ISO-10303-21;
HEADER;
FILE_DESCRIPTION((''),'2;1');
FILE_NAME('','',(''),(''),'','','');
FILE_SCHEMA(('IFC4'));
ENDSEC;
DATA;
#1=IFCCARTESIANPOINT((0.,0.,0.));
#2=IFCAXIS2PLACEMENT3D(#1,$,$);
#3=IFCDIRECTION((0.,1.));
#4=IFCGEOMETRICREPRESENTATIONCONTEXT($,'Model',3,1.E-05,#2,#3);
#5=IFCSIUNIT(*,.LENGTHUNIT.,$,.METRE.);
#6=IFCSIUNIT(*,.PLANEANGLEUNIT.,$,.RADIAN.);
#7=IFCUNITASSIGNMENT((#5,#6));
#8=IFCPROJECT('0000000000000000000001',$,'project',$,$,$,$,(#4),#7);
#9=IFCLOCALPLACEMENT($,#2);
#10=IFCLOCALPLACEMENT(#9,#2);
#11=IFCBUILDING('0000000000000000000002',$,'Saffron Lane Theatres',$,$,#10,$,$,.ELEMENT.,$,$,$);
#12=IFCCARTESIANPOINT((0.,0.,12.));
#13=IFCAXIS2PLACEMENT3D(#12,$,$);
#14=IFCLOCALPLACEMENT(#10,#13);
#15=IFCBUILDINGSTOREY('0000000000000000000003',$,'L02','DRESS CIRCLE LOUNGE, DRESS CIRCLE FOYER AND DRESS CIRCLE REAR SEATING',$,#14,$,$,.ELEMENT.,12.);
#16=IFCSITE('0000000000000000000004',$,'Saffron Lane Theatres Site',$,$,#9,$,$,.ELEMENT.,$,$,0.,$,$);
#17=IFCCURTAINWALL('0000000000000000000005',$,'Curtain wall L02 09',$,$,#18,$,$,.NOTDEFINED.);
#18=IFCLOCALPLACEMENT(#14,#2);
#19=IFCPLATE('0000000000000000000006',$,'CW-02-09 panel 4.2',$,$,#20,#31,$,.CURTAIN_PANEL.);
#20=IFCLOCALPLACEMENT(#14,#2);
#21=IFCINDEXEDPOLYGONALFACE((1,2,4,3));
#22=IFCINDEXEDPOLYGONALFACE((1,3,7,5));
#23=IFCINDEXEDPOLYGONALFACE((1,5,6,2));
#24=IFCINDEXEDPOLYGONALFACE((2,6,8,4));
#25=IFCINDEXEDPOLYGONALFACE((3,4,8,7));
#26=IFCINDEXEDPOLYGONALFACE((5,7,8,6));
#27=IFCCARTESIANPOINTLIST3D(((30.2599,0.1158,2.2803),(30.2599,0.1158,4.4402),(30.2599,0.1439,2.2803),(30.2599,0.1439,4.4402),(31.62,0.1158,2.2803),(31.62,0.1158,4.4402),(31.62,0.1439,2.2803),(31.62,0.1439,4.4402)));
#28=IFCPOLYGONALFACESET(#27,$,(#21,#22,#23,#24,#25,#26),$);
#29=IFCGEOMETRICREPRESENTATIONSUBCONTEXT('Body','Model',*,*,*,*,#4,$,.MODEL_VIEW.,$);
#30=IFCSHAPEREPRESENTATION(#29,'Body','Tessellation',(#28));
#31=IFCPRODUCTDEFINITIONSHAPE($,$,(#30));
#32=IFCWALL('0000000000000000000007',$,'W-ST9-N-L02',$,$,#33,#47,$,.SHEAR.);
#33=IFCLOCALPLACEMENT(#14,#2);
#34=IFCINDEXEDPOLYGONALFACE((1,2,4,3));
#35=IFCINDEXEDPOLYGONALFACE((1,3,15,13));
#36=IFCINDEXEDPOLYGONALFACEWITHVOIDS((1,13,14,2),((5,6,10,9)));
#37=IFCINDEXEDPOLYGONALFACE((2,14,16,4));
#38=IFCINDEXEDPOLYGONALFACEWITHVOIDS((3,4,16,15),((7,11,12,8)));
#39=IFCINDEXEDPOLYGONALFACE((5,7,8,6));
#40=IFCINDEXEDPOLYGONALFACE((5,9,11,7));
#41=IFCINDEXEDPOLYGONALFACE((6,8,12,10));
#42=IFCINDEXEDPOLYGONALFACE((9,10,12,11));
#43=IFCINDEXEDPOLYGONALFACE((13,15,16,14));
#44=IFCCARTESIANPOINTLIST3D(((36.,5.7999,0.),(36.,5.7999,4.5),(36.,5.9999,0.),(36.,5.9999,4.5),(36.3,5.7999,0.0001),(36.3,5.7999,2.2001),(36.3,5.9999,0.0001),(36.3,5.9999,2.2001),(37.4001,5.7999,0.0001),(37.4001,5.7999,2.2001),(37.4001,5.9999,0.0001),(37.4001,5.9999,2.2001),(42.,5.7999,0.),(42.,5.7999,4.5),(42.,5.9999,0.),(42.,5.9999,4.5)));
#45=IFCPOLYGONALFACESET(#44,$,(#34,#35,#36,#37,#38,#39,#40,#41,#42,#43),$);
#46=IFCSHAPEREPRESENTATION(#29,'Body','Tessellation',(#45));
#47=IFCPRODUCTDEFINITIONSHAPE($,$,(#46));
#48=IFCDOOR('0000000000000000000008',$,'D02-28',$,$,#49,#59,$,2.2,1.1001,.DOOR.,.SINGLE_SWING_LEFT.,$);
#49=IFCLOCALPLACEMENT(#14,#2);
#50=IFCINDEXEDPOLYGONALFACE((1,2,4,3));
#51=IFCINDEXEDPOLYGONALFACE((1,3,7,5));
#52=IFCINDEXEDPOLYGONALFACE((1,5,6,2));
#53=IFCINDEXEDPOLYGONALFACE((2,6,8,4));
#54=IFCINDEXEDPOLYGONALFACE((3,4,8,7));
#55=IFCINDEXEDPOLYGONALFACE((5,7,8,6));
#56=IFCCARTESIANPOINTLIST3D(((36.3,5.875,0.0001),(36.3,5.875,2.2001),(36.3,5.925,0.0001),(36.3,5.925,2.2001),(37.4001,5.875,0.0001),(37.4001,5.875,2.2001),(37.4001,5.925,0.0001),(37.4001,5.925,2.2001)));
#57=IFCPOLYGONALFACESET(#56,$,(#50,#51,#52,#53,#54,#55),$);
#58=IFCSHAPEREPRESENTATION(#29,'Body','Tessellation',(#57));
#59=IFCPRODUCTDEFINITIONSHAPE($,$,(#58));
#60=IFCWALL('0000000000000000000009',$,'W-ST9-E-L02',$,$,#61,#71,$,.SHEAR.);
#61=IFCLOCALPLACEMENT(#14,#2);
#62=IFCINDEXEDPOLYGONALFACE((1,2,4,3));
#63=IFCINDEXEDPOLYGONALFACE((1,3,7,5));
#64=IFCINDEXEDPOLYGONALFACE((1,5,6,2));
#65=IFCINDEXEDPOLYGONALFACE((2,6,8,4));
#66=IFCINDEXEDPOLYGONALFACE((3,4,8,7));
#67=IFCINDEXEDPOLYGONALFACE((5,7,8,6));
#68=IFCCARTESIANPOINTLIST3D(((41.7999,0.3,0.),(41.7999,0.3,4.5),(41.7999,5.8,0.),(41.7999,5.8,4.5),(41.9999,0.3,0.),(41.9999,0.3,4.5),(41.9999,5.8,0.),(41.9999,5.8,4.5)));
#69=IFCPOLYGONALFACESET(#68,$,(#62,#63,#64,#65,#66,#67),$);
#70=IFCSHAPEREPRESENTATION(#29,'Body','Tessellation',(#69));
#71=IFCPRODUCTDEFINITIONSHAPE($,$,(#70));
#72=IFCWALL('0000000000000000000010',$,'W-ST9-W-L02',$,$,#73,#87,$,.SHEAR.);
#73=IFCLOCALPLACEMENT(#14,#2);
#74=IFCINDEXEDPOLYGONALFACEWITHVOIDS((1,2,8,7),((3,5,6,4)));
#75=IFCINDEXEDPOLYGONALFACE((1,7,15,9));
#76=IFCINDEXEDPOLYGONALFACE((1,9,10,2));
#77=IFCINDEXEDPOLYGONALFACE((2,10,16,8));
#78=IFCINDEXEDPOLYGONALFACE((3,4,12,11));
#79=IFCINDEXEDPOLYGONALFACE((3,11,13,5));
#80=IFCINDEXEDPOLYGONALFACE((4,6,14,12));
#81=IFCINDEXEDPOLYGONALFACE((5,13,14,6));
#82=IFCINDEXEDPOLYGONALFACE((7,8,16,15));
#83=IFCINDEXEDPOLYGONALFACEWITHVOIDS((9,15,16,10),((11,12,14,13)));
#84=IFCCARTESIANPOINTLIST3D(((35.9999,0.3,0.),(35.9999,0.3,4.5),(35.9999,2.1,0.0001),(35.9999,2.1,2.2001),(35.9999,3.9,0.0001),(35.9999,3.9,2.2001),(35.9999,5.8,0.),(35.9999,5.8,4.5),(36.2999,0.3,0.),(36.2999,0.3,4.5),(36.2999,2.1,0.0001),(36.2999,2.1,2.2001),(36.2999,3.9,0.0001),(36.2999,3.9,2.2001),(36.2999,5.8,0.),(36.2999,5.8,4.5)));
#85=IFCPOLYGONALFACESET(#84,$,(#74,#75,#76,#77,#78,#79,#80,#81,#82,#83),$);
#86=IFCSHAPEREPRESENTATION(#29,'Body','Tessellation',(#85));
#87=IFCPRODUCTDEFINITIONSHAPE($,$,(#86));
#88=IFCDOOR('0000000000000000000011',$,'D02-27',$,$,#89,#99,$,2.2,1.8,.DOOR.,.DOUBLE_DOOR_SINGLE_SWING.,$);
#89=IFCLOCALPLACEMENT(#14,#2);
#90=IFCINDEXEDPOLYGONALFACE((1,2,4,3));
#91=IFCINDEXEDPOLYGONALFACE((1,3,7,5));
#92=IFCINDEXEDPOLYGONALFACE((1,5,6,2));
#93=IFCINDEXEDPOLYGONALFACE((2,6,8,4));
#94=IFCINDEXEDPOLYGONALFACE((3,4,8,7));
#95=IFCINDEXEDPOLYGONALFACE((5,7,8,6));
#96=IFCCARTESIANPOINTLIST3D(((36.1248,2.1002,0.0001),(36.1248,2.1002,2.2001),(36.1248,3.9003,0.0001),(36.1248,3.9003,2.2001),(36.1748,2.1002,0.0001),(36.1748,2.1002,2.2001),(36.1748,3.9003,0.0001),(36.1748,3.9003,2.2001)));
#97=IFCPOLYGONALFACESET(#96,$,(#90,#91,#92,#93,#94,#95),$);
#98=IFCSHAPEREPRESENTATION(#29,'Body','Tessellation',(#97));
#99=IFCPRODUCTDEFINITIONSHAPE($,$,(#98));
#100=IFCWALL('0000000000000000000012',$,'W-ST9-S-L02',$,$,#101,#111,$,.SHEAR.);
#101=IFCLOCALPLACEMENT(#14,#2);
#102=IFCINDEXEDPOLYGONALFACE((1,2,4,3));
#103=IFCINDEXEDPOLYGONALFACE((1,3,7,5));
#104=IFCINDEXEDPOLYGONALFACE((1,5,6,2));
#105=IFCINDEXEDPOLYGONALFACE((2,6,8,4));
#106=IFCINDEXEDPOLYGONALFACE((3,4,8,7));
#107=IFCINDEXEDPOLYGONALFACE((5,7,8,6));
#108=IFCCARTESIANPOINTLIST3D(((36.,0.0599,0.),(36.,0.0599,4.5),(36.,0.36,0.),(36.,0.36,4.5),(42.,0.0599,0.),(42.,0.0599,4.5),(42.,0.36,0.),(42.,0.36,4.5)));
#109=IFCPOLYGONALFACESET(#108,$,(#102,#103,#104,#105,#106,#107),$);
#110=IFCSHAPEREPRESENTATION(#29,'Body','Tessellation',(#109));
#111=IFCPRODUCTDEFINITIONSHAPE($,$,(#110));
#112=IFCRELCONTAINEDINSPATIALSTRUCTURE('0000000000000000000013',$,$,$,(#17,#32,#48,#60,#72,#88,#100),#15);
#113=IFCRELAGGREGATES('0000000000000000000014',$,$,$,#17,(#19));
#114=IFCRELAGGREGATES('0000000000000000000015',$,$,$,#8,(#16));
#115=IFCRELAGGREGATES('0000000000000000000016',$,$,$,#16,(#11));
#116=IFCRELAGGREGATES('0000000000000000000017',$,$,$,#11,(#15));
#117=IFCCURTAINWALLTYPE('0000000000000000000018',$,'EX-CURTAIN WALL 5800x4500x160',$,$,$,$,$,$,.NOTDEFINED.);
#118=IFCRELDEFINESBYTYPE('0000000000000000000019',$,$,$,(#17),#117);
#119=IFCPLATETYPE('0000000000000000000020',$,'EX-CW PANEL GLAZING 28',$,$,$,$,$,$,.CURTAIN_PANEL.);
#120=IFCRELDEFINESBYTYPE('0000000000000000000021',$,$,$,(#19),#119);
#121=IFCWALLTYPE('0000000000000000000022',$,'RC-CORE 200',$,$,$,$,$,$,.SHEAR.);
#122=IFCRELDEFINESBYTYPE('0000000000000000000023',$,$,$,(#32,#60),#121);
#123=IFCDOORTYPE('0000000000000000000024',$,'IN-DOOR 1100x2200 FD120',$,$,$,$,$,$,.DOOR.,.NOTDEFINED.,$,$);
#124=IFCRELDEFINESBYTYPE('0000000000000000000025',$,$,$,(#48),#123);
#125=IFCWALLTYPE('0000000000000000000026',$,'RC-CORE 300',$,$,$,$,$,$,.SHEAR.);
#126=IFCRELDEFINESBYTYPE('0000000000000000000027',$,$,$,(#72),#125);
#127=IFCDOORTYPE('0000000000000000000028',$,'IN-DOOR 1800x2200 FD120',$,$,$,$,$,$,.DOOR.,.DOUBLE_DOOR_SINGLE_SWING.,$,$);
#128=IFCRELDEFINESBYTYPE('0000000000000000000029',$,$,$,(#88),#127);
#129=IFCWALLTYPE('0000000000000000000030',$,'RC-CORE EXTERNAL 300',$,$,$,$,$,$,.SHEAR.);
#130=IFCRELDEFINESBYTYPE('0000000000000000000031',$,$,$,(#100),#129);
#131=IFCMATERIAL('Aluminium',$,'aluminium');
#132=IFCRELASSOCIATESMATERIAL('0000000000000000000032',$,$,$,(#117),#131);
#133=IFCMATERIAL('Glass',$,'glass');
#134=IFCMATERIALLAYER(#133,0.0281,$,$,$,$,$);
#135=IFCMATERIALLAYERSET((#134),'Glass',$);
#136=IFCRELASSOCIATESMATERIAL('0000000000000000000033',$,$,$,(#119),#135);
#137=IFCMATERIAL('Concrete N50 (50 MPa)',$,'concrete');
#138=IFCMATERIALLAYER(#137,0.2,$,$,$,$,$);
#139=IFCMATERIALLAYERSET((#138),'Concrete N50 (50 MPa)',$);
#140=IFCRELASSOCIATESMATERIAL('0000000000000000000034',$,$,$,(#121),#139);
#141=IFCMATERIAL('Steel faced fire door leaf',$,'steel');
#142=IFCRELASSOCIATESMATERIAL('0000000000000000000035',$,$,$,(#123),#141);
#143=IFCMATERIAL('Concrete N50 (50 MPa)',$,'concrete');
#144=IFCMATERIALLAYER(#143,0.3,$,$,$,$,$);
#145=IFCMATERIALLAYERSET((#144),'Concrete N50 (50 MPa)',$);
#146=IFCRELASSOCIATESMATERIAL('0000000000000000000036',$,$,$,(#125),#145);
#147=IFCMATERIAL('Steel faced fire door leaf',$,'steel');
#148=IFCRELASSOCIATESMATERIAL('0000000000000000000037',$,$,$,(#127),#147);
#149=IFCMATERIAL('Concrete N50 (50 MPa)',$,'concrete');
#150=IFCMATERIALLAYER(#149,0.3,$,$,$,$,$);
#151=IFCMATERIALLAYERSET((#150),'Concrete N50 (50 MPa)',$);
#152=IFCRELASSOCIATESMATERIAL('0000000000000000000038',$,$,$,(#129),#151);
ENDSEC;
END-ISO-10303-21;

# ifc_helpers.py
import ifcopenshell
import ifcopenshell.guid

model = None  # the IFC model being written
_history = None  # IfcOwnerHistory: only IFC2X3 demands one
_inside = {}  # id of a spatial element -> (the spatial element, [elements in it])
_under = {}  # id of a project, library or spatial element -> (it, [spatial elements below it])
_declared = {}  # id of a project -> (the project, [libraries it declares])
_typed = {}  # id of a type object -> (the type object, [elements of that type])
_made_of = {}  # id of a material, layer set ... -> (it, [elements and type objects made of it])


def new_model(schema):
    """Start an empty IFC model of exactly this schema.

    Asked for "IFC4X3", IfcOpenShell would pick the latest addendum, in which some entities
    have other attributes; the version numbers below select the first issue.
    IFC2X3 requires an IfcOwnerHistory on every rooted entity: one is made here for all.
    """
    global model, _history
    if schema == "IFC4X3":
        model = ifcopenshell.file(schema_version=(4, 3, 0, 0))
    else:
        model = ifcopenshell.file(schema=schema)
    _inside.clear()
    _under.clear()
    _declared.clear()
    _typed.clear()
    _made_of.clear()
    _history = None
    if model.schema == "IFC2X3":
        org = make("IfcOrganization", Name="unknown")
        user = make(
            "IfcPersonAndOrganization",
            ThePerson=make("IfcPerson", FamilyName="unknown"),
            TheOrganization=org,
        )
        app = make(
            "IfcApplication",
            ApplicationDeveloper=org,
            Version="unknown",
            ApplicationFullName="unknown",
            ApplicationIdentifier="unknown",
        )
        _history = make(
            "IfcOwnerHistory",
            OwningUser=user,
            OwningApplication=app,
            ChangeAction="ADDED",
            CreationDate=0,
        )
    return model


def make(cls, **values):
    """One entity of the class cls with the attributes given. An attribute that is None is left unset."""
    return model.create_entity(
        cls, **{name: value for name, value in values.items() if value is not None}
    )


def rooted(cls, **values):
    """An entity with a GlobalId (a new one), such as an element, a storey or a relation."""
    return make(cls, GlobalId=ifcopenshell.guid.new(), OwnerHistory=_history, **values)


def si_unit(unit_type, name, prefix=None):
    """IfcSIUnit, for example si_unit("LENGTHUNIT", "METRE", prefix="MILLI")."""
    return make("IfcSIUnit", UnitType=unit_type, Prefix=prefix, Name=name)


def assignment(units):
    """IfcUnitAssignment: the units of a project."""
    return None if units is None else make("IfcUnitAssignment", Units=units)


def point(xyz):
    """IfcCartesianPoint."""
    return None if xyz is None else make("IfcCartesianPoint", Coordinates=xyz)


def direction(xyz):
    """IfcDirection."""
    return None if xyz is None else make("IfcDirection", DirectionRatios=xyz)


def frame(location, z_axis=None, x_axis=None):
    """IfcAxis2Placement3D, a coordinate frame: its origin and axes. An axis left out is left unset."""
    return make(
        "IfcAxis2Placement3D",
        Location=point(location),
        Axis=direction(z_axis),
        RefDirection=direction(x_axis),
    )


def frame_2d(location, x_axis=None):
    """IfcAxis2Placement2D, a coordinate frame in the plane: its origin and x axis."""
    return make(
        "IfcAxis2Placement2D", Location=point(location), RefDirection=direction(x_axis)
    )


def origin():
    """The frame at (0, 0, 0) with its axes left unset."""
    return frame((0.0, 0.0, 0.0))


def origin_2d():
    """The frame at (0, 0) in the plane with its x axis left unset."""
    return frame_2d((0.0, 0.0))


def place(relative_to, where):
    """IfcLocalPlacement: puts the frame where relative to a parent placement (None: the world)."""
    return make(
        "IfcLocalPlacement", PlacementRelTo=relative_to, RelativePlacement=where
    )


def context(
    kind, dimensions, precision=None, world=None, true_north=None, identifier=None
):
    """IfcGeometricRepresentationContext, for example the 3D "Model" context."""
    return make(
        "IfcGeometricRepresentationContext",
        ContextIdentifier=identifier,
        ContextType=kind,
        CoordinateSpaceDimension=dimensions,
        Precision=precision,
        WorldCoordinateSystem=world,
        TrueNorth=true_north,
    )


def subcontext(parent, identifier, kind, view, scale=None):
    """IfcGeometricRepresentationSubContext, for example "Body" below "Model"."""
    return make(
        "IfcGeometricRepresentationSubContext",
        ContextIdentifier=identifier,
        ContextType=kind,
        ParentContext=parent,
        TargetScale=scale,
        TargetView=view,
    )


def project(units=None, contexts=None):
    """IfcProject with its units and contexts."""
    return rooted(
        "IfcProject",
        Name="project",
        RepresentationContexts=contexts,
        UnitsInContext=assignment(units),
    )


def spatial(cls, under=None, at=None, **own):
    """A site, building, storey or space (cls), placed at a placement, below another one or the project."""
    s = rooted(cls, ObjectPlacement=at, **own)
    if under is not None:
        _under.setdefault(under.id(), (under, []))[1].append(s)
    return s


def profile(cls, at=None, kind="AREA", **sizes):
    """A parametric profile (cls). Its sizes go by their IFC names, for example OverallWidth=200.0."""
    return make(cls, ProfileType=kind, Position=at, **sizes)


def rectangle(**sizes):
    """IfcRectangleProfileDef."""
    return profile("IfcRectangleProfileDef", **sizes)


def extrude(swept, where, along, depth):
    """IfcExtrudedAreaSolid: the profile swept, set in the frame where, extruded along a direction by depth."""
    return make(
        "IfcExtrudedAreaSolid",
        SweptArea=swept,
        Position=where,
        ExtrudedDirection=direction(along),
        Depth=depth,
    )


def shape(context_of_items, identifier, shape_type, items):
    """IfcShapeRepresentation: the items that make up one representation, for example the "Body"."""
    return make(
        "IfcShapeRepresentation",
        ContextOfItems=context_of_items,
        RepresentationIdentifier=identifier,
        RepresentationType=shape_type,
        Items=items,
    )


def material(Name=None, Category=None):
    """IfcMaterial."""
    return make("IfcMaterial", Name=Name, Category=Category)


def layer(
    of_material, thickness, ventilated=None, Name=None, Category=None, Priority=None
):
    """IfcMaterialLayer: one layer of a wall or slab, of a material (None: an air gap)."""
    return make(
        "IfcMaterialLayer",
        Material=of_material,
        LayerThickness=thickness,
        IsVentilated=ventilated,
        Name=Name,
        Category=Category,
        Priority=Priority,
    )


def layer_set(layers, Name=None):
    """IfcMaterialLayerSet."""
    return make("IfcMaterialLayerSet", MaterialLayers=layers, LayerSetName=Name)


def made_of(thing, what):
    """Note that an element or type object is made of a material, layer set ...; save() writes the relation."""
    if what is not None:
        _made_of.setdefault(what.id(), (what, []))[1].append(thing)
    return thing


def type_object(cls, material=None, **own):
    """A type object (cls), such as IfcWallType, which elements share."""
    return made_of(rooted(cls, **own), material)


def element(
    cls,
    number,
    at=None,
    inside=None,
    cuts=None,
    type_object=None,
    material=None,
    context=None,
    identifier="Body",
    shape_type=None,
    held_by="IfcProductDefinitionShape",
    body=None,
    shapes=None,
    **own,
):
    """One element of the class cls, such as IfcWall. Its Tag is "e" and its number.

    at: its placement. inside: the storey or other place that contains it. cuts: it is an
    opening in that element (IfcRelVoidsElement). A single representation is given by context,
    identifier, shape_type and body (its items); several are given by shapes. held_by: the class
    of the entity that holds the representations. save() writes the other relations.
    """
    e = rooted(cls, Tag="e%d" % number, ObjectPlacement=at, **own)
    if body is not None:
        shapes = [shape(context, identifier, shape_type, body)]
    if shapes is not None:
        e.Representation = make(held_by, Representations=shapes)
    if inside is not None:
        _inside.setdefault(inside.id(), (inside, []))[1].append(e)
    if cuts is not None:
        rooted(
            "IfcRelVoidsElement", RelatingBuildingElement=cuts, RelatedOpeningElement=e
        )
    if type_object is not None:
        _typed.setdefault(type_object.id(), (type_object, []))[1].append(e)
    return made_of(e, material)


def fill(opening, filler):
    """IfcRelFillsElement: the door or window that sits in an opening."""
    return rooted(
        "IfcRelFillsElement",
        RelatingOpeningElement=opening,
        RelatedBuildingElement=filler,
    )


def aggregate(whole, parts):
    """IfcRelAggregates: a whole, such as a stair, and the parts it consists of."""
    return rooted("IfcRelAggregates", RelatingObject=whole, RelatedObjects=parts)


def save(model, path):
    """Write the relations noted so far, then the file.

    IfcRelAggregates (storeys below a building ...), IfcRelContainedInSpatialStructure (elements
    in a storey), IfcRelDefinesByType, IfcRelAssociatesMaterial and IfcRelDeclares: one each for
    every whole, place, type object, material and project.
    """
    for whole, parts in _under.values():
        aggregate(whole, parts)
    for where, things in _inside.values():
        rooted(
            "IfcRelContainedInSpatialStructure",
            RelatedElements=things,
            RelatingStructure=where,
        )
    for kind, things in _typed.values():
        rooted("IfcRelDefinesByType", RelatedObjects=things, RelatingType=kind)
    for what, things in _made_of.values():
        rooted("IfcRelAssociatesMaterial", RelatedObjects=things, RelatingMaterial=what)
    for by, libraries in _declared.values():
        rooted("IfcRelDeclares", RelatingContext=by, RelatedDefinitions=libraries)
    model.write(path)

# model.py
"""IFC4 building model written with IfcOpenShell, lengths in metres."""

from ifc_helpers import new_model, si_unit, direction, frame, frame_2d, origin, origin_2d, place, context, subcontext, project, spatial, rectangle, extrude, material, layer, layer_set, type_object, element, fill, aggregate, save


model = new_model("IFC4")

# Units and contexts
model_context = context("Model", 3, precision=1e-05, world=origin(), true_north=direction((0.0, 1.0)))
body_context = subcontext(model_context, "Body", "Model", "MODEL_VIEW")
ifc_project = project(units=[si_unit("LENGTHUNIT", "METRE"), si_unit("PLANEANGLEUNIT", "RADIAN")], contexts=[model_context])

# Site, building, storey
site_placement = place(None, origin())
site = spatial("IfcSite", under=ifc_project, at=site_placement, Name="Saffron Lane Theatres Site", CompositionType="ELEMENT", RefElevation=0.0)
building_placement = place(site_placement, origin())
building = spatial("IfcBuilding", under=site, at=building_placement, Name="Saffron Lane Theatres", CompositionType="ELEMENT")
storey_placement = place(building_placement, frame((0.0, 0.0, 12.0)))
storey = spatial("IfcBuildingStorey", under=building, at=storey_placement, Name="L02", Description="DRESS CIRCLE LOUNGE, DRESS CIRCLE FOYER AND DRESS CIRCLE REAR SEATING", CompositionType="ELEMENT", Elevation=12.0)

# Curtain wall
ifc_material_1 = material(Name="Aluminium", Category="aluminium")
curtain_wall_type = type_object("IfcCurtainWallType", Name="EX-CURTAIN WALL 5800x4500x160", PredefinedType="NOTDEFINED", material=ifc_material_1)
curtain_wall_1_placement = place(storey_placement, origin())
curtain_wall_1 = element("IfcCurtainWall", 1, at=curtain_wall_1_placement, inside=storey, type_object=curtain_wall_type, Name="Curtain wall L02 09", PredefinedType="NOTDEFINED")

# Plate
ifc_material_2 = material(Name="Glass", Category="glass")
ifc_layer_1 = layer(ifc_material_2, 0.0281)
ifc_layer_set_1 = layer_set([ifc_layer_1], Name="Glass")
plate_type = type_object("IfcPlateType", Name="EX-CW PANEL GLAZING 28", PredefinedType="CURTAIN_PANEL", material=ifc_layer_set_1)
plate_1_placement = place(storey_placement, frame((30.9399, 0.1299, 2.2803), z_axis=(0.0, 0.0, 1.0), x_axis=(-1.0, 0.0, 0.0)))
plate_1 = element("IfcPlate", 2, at=plate_1_placement, type_object=plate_type, Name="CW-02-09 panel 4.2", PredefinedType="CURTAIN_PANEL", context=body_context, shape_type="SweptSolid", body=[
    extrude(rectangle(XDim=1.3601, YDim=0.0281, at=origin_2d()), origin(), (0.0, 0.0, 1.0), 2.1599),
])
aggregate(curtain_wall_1, [plate_1])

# Wall, opening, door
ifc_material_3 = material(Name="Concrete N50 (50 MPa)", Category="concrete")
ifc_layer_2 = layer(ifc_material_3, 0.2)
ifc_layer_set_2 = layer_set([ifc_layer_2], Name="Concrete N50 (50 MPa)")
wall_type_1 = type_object("IfcWallType", Name="RC-CORE 200", PredefinedType="SHEAR", material=ifc_layer_set_2)
wall_1_placement = place(storey_placement, frame((36.0, 5.8999, 0.0), z_axis=(0.0, 0.0, 1.0), x_axis=(1.0, 0.0, 0.0)))
wall_1 = element("IfcWall", 3, at=wall_1_placement, inside=storey, type_object=wall_type_1, Name="W-ST9-N-L02", PredefinedType="SHEAR", context=body_context, shape_type="SweptSolid", body=[
    extrude(rectangle(XDim=6.0, YDim=0.2, at=frame_2d((3.0, 0.0))), origin(), (0.0, 0.0, 1.0), 4.5),
])
opening_1_placement = place(wall_1_placement, frame((0.3, 0.0, 0.0)))
opening_1 = element("IfcOpeningElement", 4, at=opening_1_placement, cuts=wall_1, PredefinedType="OPENING", context=body_context, shape_type="SweptSolid", body=[
    extrude(rectangle(XDim=1.1001, YDim=2.2, at=frame_2d((0.55, 1.1001))), frame((0.0, 0.1099, 0.0), z_axis=(0.0, -1.0, 0.0), x_axis=(1.0, 0.0, 0.0)), (0.0, 0.0, 1.0), 0.22),
])
ifc_material_4 = material(Name="Steel faced fire door leaf", Category="steel")
door_type_1 = type_object("IfcDoorType", Name="IN-DOOR 1100x2200 FD120", OperationType="NOTDEFINED", PredefinedType="DOOR", material=ifc_material_4)
door_1_placement = place(opening_1_placement, frame((1.1001, 0.0, 0.0), z_axis=(0.0, 0.0, 1.0), x_axis=(-1.0, 0.0, 0.0)))
door_1 = element("IfcDoor", 5, at=door_1_placement, inside=storey, type_object=door_type_1, Name="D02-28", OperationType="SINGLE_SWING_LEFT", OverallHeight=2.2, OverallWidth=1.1001, PredefinedType="DOOR", context=body_context, shape_type="SweptSolid", body=[
    extrude(rectangle(XDim=1.1001, YDim=2.2, at=frame_2d((0.55, 1.1001))), frame((0.0, 0.0249, 0.0), z_axis=(0.0, -1.0, 0.0), x_axis=(1.0, 0.0, 0.0)), (0.0, 0.0, 1.0), 0.05),
])
fill(opening_1, door_1)

# Wall
wall_2_placement = place(storey_placement, frame((41.8999, 0.3, 0.0), z_axis=(0.0, 0.0, 1.0), x_axis=(0.0, 1.0, 0.0)))
element("IfcWall", 6, at=wall_2_placement, inside=storey, type_object=wall_type_1, Name="W-ST9-E-L02", PredefinedType="SHEAR", context=body_context, shape_type="SweptSolid", body=[
    extrude(rectangle(XDim=5.5, YDim=0.2, at=frame_2d((2.75, 0.0))), origin(), (0.0, 0.0, 1.0), 4.5),
])

# Wall, opening, door
ifc_material_5 = material(Name="Concrete N50 (50 MPa)", Category="concrete")
ifc_layer_3 = layer(ifc_material_5, 0.3)
ifc_layer_set_3 = layer_set([ifc_layer_3], Name="Concrete N50 (50 MPa)")
wall_type_2 = type_object("IfcWallType", Name="RC-CORE 300", PredefinedType="SHEAR", material=ifc_layer_set_3)
wall_3_placement = place(storey_placement, frame((36.1499, 0.3, 0.0), z_axis=(0.0, 0.0, 1.0), x_axis=(0.0, 1.0, 0.0)))
wall_3 = element("IfcWall", 7, at=wall_3_placement, inside=storey, type_object=wall_type_2, Name="W-ST9-W-L02", PredefinedType="SHEAR", context=body_context, shape_type="SweptSolid", body=[
    extrude(rectangle(XDim=5.5, YDim=0.3, at=frame_2d((2.75, 0.0))), origin(), (0.0, 0.0, 1.0), 4.5),
])
opening_2_placement = place(wall_3_placement, frame((1.8, 0.0, 0.0)))
opening_2 = element("IfcOpeningElement", 8, at=opening_2_placement, cuts=wall_3, PredefinedType="OPENING", context=body_context, shape_type="SweptSolid", body=[
    extrude(rectangle(XDim=1.8, YDim=2.2, at=frame_2d((0.8999, 1.1001))), frame((0.0, 0.1602, 0.0), z_axis=(0.0, -1.0, 0.0), x_axis=(1.0, 0.0, 0.0)), (0.0, 0.0, 1.0), 0.3201),
])
ifc_material_6 = material(Name="Steel faced fire door leaf", Category="steel")
door_type_2 = type_object("IfcDoorType", Name="IN-DOOR 1800x2200 FD120", OperationType="DOUBLE_DOOR_SINGLE_SWING", PredefinedType="DOOR", material=ifc_material_6)
door_2_placement = place(opening_2_placement, frame((1.8, 0.0, 0.0), z_axis=(0.0, 0.0, 1.0), x_axis=(-1.0, 0.0, 0.0)))
door_2 = element("IfcDoor", 9, at=door_2_placement, inside=storey, type_object=door_type_2, Name="D02-27", OperationType="DOUBLE_DOOR_SINGLE_SWING", OverallHeight=2.2, OverallWidth=1.8, PredefinedType="DOOR", context=body_context, shape_type="SweptSolid", body=[
    extrude(rectangle(XDim=1.8, YDim=2.2, at=frame_2d((0.8999, 1.1001))), frame((0.0, 0.0249, 0.0), z_axis=(0.0, -1.0, 0.0), x_axis=(1.0, 0.0, 0.0)), (0.0, 0.0, 1.0), 0.05),
])
fill(opening_2, door_2)

# Wall
ifc_material_7 = material(Name="Concrete N50 (50 MPa)", Category="concrete")
ifc_layer_4 = layer(ifc_material_7, 0.3)
ifc_layer_set_4 = layer_set([ifc_layer_4], Name="Concrete N50 (50 MPa)")
wall_type_3 = type_object("IfcWallType", Name="RC-CORE EXTERNAL 300", PredefinedType="SHEAR", material=ifc_layer_set_4)
wall_4_placement = place(storey_placement, frame((36.0, 0.21, 0.0), z_axis=(0.0, 0.0, 1.0), x_axis=(1.0, 0.0, 0.0)))
element("IfcWall", 10, at=wall_4_placement, inside=storey, type_object=wall_type_3, Name="W-ST9-S-L02", PredefinedType="SHEAR", context=body_context, shape_type="SweptSolid", body=[
    extrude(rectangle(XDim=6.0, YDim=0.3, at=frame_2d((3.0, 0.0))), origin(), (0.0, 0.0, 1.0), 4.5),
])

save(model, "model.ifc")
